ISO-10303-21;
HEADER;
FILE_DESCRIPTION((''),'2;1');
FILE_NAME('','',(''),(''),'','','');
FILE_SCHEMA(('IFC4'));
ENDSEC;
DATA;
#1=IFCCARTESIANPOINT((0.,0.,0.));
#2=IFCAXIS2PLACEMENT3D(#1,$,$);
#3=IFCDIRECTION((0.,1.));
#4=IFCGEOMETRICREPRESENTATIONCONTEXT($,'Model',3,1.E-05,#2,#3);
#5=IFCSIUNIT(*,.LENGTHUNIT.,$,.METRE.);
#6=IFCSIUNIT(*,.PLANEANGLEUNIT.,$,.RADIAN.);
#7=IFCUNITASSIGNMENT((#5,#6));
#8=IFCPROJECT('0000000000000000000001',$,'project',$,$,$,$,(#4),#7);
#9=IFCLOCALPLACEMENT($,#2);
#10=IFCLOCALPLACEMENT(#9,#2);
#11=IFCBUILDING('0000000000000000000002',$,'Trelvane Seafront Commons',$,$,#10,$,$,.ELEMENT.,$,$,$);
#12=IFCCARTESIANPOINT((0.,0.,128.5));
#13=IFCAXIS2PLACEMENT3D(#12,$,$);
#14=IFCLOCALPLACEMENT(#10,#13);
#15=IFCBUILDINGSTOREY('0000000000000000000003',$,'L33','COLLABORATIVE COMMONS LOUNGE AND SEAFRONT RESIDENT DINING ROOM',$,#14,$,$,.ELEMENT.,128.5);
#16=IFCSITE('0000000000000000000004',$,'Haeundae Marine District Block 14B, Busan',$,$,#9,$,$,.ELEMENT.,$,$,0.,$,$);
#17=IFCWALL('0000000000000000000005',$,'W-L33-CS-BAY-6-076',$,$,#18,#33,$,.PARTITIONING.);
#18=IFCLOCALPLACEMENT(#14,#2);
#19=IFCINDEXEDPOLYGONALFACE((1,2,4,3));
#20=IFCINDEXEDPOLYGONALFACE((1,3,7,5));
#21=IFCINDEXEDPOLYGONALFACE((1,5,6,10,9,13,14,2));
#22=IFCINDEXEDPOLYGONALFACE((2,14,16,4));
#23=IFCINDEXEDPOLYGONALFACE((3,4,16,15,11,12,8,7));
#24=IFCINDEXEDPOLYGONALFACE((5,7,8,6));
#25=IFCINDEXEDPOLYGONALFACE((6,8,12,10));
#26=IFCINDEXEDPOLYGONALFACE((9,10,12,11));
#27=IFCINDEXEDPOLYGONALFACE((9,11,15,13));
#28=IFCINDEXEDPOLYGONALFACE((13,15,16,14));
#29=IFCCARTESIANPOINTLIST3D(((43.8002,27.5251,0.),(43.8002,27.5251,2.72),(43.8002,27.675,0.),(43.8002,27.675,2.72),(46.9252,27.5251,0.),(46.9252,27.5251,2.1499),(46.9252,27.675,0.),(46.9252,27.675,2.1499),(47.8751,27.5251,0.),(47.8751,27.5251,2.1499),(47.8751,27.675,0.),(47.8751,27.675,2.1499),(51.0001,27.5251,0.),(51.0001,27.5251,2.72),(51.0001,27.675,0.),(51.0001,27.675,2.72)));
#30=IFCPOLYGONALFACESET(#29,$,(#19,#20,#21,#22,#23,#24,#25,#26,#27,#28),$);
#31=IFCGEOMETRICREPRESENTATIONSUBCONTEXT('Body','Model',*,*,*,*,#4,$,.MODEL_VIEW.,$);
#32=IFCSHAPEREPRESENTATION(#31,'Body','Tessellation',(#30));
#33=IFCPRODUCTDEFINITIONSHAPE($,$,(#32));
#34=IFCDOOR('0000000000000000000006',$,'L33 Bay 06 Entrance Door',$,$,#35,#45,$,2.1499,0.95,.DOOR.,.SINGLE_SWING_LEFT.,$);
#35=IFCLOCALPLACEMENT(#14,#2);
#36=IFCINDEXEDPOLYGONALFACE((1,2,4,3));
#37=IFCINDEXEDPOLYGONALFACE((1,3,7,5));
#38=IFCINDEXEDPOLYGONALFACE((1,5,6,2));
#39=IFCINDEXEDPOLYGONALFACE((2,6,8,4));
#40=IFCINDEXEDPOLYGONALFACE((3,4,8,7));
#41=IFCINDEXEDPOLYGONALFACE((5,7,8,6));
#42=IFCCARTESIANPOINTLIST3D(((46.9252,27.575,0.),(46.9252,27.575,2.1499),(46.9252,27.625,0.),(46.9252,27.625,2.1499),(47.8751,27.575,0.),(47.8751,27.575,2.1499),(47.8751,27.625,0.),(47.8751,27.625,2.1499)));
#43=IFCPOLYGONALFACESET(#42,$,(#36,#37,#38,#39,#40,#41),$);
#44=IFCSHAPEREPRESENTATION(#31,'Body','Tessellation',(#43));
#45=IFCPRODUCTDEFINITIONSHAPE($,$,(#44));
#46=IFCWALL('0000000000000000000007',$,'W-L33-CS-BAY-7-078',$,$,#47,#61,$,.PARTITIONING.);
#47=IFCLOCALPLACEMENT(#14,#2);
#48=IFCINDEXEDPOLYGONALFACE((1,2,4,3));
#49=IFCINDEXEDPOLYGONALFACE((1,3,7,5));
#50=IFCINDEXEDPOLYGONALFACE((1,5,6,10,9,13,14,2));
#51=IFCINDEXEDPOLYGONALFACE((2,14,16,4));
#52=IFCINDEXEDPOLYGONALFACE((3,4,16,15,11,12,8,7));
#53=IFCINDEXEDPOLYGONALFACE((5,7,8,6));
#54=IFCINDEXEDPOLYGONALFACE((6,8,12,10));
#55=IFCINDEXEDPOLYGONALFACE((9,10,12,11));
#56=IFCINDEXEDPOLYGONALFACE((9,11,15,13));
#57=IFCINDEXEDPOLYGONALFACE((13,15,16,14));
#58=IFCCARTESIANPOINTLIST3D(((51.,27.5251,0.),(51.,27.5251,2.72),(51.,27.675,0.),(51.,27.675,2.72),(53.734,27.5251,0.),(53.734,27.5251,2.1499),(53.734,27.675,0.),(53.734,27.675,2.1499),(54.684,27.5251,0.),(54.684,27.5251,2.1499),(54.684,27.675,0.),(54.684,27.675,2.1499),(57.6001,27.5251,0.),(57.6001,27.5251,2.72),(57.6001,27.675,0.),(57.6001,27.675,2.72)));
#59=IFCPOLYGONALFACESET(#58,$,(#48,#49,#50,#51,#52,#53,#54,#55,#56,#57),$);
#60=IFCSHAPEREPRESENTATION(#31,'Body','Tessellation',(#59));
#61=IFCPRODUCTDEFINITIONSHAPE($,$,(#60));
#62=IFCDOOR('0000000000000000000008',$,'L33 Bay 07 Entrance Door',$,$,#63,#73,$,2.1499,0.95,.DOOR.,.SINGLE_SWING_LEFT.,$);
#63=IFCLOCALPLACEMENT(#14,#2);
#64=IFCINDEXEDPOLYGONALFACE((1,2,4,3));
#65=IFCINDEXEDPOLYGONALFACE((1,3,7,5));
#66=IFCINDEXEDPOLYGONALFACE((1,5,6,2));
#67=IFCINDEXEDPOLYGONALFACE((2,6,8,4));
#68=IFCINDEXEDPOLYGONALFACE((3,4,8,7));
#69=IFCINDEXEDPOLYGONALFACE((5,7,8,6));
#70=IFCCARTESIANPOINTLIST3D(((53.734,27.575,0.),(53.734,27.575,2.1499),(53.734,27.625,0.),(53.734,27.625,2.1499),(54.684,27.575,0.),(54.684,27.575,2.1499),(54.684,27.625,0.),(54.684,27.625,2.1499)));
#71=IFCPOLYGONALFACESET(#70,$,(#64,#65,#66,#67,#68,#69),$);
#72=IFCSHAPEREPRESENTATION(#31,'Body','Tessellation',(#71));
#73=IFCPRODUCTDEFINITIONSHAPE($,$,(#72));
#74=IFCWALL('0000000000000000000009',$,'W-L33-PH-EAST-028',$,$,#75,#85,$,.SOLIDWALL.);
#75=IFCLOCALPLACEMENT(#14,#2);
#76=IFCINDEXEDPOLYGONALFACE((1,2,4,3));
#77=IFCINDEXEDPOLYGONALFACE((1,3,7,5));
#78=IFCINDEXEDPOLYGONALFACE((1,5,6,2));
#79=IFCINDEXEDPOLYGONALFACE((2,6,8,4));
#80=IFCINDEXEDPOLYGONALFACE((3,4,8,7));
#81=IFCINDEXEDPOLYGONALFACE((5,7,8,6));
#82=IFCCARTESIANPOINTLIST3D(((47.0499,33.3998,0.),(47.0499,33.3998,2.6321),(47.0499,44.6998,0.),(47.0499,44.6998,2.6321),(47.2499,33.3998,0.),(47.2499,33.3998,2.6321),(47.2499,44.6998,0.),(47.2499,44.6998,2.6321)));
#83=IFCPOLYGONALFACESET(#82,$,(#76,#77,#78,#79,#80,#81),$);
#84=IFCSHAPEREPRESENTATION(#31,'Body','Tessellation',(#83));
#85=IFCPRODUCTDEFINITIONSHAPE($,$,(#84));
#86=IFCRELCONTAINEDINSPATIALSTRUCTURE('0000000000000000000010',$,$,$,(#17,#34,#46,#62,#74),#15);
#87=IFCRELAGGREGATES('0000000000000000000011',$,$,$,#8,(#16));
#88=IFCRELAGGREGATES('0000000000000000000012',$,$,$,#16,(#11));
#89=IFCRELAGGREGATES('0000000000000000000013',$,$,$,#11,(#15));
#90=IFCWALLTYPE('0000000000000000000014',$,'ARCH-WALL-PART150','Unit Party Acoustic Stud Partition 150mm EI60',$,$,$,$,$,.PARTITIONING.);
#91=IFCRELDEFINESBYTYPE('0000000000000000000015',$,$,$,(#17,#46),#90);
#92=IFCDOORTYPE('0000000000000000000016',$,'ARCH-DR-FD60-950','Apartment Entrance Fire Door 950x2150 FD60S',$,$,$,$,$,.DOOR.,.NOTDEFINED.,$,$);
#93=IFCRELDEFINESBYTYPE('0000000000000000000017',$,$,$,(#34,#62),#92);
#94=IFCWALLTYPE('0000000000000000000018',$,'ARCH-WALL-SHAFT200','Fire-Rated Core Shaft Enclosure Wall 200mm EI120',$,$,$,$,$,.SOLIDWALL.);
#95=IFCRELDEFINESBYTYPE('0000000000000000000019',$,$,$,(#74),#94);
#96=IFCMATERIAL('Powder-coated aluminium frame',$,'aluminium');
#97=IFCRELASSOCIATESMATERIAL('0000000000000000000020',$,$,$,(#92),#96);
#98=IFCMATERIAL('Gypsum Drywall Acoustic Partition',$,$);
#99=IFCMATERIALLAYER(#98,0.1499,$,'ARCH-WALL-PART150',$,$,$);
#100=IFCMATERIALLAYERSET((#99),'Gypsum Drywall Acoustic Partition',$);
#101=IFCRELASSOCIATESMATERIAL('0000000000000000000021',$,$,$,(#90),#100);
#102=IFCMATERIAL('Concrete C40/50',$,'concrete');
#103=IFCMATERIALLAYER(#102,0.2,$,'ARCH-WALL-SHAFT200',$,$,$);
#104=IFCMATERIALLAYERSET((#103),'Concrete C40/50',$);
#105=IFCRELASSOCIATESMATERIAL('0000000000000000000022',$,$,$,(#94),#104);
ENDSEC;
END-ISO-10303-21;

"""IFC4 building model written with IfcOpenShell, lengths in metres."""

from ifc_helpers import new_model, si_unit, direction, frame, frame_2d, origin, place, context, subcontext, project, spatial, rectangle, extrude, source, transform, mapped, material, layer, layer_set, type_object, element, fill, save


model = new_model("IFC4")

# Units and contexts
model_context = context("Model", 3, precision=1e-05, world=origin(), true_north=direction((0.0, 1.0)))
body_context = subcontext(model_context, "Body", "Model", "MODEL_VIEW")
ifc_project = project(units=[si_unit("LENGTHUNIT", "METRE"), si_unit("PLANEANGLEUNIT", "RADIAN")], contexts=[model_context])

# Site, building, storey
site_placement = place(None, origin())
site = spatial("IfcSite", under=ifc_project, at=site_placement, Name="Haeundae Marine District Block 14B, Busan", CompositionType="ELEMENT", RefElevation=0.0)
building_placement = place(site_placement, origin())
building = spatial("IfcBuilding", under=site, at=building_placement, Name="Trelvane Seafront Commons", CompositionType="ELEMENT")
storey_placement = place(building_placement, frame((0.0, 0.0, 128.5)))
storey = spatial("IfcBuildingStorey", under=building, at=storey_placement, Name="L33", Description="COLLABORATIVE COMMONS LOUNGE AND SEAFRONT RESIDENT DINING ROOM", CompositionType="ELEMENT", Elevation=128.5)

# Shared definitions
ifc_material_1 = material(Name="Concrete C40/50", Category="concrete")
ifc_material_2 = material(Name="Powder-coated aluminium frame", Category="aluminium")
door_type_1 = type_object("IfcDoorType", Name="ARCH-DR-FD60-950", Description="Apartment Entrance Fire Door 950x2150 FD60S", OperationType="NOTDEFINED", PredefinedType="DOOR", material=ifc_material_2)
shared_shape_1 = source(origin(), body_context, "Body", "SweptSolid", [
    extrude(rectangle(XDim=0.95, YDim=2.1499, at=frame_2d((0.4751, 1.075))), frame((0.0, 0.0249, 0.0), z_axis=(0.0, -1.0, 0.0), x_axis=(1.0, 0.0, 0.0)), (0.0, 0.0, 1.0), 0.05),
])
ifc_material_3 = material(Name="Gypsum Drywall Acoustic Partition")

# Walls, openings, doors
ifc_layer_1 = layer(ifc_material_3, 0.1499, Name="ARCH-WALL-PART150")
ifc_layer_set_1 = layer_set([ifc_layer_1], Name="Gypsum Drywall Acoustic Partition")
wall_type_1 = type_object("IfcWallType", Name="ARCH-WALL-PART150", Description="Unit Party Acoustic Stud Partition 150mm EI60", PredefinedType="PARTITIONING", material=ifc_layer_set_1)
wall_1_placement = place(storey_placement, frame((43.8, 27.6001, 0.0), z_axis=(0.0, 0.0, 1.0), x_axis=(1.0, 0.0, 0.0)))
wall_1 = element("IfcWall", 1, at=wall_1_placement, inside=storey, type_object=wall_type_1, Name="W-L33-CS-BAY-6-076", PredefinedType="PARTITIONING", context=body_context, shape_type="SweptSolid", body=[
    extrude(rectangle(XDim=7.2, YDim=0.1499, at=frame_2d((3.6001, 0.0))), origin(), (0.0, 0.0, 1.0), 2.72),
])
opening_1_placement = place(wall_1_placement, frame((3.125, 0.0, 0.0)))
opening_1 = element("IfcOpeningElement", 2, at=opening_1_placement, cuts=wall_1, PredefinedType="OPENING", context=body_context, shape_type="SweptSolid", body=[
    extrude(rectangle(XDim=0.95, YDim=2.1499, at=frame_2d((0.4751, 1.075))), frame((0.0, 0.085, 0.0), z_axis=(0.0, -1.0, 0.0), x_axis=(1.0, 0.0, 0.0)), (0.0, 0.0, 1.0), 0.1699),
])
door_1_placement = place(opening_1_placement, origin())
door_1 = element("IfcDoor", 3, at=door_1_placement, inside=storey, type_object=door_type_1, Name="L33 Bay 06 Entrance Door", OperationType="SINGLE_SWING_LEFT", OverallHeight=2.1499, OverallWidth=0.95, PredefinedType="DOOR", context=body_context, shape_type="MappedRepresentation", body=[
    mapped(shared_shape_1, transform((0.0, 0.0, 0.0), x_axis=(1.0, 0.0, 0.0), y_axis=(0.0, 1.0, 0.0), z_axis=(0.0, 0.0, 1.0), scale=1.0)),
])
fill(opening_1, door_1)
wall_2_placement = place(storey_placement, frame((51.0, 27.6001, 0.0), z_axis=(0.0, 0.0, 1.0), x_axis=(1.0, 0.0, 0.0)))
wall_2 = element("IfcWall", 4, at=wall_2_placement, inside=storey, type_object=wall_type_1, Name="W-L33-CS-BAY-7-078", PredefinedType="PARTITIONING", context=body_context, shape_type="SweptSolid", body=[
    extrude(rectangle(XDim=6.6001, YDim=0.1499, at=frame_2d((3.3, 0.0))), origin(), (0.0, 0.0, 1.0), 2.72),
])
opening_2_placement = place(wall_2_placement, frame((2.7339, 0.0, 0.0)))
opening_2 = element("IfcOpeningElement", 5, at=opening_2_placement, cuts=wall_2, PredefinedType="OPENING", context=body_context, shape_type="SweptSolid", body=[
    extrude(rectangle(XDim=0.95, YDim=2.1499, at=frame_2d((0.4751, 1.075))), frame((0.0, 0.085, 0.0), z_axis=(0.0, -1.0, 0.0), x_axis=(1.0, 0.0, 0.0)), (0.0, 0.0, 1.0), 0.1699),
])
door_2_placement = place(opening_2_placement, origin())
door_2 = element("IfcDoor", 6, at=door_2_placement, inside=storey, type_object=door_type_1, Name="L33 Bay 07 Entrance Door", OperationType="SINGLE_SWING_LEFT", OverallHeight=2.1499, OverallWidth=0.95, PredefinedType="DOOR", context=body_context, shape_type="MappedRepresentation", body=[
    mapped(shared_shape_1, transform((0.0, 0.0, 0.0), x_axis=(1.0, 0.0, 0.0), y_axis=(0.0, 1.0, 0.0), z_axis=(0.0, 0.0, 1.0), scale=1.0)),
])
fill(opening_2, door_2)

# Wall
ifc_layer_2 = layer(ifc_material_1, 0.2, Name="ARCH-WALL-SHAFT200")
ifc_layer_set_2 = layer_set([ifc_layer_2], Name="Concrete C40/50")
wall_type_2 = type_object("IfcWallType", Name="ARCH-WALL-SHAFT200", Description="Fire-Rated Core Shaft Enclosure Wall 200mm EI120", PredefinedType="SOLIDWALL", material=ifc_layer_set_2)
wall_3_placement = place(storey_placement, frame((47.1499, 33.3999, 0.0), z_axis=(0.0, 0.0, 1.0), x_axis=(0.0, 1.0, 0.0)))
element("IfcWall", 7, at=wall_3_placement, inside=storey, type_object=wall_type_2, Name="W-L33-PH-EAST-028", PredefinedType="SOLIDWALL", context=body_context, shape_type="SweptSolid", body=[
    extrude(rectangle(XDim=11.3, YDim=0.2, at=frame_2d((5.6499, 0.0))), origin(), (0.0, 0.0, 1.0), 2.6321),
])

save(model, "model.ifc")
